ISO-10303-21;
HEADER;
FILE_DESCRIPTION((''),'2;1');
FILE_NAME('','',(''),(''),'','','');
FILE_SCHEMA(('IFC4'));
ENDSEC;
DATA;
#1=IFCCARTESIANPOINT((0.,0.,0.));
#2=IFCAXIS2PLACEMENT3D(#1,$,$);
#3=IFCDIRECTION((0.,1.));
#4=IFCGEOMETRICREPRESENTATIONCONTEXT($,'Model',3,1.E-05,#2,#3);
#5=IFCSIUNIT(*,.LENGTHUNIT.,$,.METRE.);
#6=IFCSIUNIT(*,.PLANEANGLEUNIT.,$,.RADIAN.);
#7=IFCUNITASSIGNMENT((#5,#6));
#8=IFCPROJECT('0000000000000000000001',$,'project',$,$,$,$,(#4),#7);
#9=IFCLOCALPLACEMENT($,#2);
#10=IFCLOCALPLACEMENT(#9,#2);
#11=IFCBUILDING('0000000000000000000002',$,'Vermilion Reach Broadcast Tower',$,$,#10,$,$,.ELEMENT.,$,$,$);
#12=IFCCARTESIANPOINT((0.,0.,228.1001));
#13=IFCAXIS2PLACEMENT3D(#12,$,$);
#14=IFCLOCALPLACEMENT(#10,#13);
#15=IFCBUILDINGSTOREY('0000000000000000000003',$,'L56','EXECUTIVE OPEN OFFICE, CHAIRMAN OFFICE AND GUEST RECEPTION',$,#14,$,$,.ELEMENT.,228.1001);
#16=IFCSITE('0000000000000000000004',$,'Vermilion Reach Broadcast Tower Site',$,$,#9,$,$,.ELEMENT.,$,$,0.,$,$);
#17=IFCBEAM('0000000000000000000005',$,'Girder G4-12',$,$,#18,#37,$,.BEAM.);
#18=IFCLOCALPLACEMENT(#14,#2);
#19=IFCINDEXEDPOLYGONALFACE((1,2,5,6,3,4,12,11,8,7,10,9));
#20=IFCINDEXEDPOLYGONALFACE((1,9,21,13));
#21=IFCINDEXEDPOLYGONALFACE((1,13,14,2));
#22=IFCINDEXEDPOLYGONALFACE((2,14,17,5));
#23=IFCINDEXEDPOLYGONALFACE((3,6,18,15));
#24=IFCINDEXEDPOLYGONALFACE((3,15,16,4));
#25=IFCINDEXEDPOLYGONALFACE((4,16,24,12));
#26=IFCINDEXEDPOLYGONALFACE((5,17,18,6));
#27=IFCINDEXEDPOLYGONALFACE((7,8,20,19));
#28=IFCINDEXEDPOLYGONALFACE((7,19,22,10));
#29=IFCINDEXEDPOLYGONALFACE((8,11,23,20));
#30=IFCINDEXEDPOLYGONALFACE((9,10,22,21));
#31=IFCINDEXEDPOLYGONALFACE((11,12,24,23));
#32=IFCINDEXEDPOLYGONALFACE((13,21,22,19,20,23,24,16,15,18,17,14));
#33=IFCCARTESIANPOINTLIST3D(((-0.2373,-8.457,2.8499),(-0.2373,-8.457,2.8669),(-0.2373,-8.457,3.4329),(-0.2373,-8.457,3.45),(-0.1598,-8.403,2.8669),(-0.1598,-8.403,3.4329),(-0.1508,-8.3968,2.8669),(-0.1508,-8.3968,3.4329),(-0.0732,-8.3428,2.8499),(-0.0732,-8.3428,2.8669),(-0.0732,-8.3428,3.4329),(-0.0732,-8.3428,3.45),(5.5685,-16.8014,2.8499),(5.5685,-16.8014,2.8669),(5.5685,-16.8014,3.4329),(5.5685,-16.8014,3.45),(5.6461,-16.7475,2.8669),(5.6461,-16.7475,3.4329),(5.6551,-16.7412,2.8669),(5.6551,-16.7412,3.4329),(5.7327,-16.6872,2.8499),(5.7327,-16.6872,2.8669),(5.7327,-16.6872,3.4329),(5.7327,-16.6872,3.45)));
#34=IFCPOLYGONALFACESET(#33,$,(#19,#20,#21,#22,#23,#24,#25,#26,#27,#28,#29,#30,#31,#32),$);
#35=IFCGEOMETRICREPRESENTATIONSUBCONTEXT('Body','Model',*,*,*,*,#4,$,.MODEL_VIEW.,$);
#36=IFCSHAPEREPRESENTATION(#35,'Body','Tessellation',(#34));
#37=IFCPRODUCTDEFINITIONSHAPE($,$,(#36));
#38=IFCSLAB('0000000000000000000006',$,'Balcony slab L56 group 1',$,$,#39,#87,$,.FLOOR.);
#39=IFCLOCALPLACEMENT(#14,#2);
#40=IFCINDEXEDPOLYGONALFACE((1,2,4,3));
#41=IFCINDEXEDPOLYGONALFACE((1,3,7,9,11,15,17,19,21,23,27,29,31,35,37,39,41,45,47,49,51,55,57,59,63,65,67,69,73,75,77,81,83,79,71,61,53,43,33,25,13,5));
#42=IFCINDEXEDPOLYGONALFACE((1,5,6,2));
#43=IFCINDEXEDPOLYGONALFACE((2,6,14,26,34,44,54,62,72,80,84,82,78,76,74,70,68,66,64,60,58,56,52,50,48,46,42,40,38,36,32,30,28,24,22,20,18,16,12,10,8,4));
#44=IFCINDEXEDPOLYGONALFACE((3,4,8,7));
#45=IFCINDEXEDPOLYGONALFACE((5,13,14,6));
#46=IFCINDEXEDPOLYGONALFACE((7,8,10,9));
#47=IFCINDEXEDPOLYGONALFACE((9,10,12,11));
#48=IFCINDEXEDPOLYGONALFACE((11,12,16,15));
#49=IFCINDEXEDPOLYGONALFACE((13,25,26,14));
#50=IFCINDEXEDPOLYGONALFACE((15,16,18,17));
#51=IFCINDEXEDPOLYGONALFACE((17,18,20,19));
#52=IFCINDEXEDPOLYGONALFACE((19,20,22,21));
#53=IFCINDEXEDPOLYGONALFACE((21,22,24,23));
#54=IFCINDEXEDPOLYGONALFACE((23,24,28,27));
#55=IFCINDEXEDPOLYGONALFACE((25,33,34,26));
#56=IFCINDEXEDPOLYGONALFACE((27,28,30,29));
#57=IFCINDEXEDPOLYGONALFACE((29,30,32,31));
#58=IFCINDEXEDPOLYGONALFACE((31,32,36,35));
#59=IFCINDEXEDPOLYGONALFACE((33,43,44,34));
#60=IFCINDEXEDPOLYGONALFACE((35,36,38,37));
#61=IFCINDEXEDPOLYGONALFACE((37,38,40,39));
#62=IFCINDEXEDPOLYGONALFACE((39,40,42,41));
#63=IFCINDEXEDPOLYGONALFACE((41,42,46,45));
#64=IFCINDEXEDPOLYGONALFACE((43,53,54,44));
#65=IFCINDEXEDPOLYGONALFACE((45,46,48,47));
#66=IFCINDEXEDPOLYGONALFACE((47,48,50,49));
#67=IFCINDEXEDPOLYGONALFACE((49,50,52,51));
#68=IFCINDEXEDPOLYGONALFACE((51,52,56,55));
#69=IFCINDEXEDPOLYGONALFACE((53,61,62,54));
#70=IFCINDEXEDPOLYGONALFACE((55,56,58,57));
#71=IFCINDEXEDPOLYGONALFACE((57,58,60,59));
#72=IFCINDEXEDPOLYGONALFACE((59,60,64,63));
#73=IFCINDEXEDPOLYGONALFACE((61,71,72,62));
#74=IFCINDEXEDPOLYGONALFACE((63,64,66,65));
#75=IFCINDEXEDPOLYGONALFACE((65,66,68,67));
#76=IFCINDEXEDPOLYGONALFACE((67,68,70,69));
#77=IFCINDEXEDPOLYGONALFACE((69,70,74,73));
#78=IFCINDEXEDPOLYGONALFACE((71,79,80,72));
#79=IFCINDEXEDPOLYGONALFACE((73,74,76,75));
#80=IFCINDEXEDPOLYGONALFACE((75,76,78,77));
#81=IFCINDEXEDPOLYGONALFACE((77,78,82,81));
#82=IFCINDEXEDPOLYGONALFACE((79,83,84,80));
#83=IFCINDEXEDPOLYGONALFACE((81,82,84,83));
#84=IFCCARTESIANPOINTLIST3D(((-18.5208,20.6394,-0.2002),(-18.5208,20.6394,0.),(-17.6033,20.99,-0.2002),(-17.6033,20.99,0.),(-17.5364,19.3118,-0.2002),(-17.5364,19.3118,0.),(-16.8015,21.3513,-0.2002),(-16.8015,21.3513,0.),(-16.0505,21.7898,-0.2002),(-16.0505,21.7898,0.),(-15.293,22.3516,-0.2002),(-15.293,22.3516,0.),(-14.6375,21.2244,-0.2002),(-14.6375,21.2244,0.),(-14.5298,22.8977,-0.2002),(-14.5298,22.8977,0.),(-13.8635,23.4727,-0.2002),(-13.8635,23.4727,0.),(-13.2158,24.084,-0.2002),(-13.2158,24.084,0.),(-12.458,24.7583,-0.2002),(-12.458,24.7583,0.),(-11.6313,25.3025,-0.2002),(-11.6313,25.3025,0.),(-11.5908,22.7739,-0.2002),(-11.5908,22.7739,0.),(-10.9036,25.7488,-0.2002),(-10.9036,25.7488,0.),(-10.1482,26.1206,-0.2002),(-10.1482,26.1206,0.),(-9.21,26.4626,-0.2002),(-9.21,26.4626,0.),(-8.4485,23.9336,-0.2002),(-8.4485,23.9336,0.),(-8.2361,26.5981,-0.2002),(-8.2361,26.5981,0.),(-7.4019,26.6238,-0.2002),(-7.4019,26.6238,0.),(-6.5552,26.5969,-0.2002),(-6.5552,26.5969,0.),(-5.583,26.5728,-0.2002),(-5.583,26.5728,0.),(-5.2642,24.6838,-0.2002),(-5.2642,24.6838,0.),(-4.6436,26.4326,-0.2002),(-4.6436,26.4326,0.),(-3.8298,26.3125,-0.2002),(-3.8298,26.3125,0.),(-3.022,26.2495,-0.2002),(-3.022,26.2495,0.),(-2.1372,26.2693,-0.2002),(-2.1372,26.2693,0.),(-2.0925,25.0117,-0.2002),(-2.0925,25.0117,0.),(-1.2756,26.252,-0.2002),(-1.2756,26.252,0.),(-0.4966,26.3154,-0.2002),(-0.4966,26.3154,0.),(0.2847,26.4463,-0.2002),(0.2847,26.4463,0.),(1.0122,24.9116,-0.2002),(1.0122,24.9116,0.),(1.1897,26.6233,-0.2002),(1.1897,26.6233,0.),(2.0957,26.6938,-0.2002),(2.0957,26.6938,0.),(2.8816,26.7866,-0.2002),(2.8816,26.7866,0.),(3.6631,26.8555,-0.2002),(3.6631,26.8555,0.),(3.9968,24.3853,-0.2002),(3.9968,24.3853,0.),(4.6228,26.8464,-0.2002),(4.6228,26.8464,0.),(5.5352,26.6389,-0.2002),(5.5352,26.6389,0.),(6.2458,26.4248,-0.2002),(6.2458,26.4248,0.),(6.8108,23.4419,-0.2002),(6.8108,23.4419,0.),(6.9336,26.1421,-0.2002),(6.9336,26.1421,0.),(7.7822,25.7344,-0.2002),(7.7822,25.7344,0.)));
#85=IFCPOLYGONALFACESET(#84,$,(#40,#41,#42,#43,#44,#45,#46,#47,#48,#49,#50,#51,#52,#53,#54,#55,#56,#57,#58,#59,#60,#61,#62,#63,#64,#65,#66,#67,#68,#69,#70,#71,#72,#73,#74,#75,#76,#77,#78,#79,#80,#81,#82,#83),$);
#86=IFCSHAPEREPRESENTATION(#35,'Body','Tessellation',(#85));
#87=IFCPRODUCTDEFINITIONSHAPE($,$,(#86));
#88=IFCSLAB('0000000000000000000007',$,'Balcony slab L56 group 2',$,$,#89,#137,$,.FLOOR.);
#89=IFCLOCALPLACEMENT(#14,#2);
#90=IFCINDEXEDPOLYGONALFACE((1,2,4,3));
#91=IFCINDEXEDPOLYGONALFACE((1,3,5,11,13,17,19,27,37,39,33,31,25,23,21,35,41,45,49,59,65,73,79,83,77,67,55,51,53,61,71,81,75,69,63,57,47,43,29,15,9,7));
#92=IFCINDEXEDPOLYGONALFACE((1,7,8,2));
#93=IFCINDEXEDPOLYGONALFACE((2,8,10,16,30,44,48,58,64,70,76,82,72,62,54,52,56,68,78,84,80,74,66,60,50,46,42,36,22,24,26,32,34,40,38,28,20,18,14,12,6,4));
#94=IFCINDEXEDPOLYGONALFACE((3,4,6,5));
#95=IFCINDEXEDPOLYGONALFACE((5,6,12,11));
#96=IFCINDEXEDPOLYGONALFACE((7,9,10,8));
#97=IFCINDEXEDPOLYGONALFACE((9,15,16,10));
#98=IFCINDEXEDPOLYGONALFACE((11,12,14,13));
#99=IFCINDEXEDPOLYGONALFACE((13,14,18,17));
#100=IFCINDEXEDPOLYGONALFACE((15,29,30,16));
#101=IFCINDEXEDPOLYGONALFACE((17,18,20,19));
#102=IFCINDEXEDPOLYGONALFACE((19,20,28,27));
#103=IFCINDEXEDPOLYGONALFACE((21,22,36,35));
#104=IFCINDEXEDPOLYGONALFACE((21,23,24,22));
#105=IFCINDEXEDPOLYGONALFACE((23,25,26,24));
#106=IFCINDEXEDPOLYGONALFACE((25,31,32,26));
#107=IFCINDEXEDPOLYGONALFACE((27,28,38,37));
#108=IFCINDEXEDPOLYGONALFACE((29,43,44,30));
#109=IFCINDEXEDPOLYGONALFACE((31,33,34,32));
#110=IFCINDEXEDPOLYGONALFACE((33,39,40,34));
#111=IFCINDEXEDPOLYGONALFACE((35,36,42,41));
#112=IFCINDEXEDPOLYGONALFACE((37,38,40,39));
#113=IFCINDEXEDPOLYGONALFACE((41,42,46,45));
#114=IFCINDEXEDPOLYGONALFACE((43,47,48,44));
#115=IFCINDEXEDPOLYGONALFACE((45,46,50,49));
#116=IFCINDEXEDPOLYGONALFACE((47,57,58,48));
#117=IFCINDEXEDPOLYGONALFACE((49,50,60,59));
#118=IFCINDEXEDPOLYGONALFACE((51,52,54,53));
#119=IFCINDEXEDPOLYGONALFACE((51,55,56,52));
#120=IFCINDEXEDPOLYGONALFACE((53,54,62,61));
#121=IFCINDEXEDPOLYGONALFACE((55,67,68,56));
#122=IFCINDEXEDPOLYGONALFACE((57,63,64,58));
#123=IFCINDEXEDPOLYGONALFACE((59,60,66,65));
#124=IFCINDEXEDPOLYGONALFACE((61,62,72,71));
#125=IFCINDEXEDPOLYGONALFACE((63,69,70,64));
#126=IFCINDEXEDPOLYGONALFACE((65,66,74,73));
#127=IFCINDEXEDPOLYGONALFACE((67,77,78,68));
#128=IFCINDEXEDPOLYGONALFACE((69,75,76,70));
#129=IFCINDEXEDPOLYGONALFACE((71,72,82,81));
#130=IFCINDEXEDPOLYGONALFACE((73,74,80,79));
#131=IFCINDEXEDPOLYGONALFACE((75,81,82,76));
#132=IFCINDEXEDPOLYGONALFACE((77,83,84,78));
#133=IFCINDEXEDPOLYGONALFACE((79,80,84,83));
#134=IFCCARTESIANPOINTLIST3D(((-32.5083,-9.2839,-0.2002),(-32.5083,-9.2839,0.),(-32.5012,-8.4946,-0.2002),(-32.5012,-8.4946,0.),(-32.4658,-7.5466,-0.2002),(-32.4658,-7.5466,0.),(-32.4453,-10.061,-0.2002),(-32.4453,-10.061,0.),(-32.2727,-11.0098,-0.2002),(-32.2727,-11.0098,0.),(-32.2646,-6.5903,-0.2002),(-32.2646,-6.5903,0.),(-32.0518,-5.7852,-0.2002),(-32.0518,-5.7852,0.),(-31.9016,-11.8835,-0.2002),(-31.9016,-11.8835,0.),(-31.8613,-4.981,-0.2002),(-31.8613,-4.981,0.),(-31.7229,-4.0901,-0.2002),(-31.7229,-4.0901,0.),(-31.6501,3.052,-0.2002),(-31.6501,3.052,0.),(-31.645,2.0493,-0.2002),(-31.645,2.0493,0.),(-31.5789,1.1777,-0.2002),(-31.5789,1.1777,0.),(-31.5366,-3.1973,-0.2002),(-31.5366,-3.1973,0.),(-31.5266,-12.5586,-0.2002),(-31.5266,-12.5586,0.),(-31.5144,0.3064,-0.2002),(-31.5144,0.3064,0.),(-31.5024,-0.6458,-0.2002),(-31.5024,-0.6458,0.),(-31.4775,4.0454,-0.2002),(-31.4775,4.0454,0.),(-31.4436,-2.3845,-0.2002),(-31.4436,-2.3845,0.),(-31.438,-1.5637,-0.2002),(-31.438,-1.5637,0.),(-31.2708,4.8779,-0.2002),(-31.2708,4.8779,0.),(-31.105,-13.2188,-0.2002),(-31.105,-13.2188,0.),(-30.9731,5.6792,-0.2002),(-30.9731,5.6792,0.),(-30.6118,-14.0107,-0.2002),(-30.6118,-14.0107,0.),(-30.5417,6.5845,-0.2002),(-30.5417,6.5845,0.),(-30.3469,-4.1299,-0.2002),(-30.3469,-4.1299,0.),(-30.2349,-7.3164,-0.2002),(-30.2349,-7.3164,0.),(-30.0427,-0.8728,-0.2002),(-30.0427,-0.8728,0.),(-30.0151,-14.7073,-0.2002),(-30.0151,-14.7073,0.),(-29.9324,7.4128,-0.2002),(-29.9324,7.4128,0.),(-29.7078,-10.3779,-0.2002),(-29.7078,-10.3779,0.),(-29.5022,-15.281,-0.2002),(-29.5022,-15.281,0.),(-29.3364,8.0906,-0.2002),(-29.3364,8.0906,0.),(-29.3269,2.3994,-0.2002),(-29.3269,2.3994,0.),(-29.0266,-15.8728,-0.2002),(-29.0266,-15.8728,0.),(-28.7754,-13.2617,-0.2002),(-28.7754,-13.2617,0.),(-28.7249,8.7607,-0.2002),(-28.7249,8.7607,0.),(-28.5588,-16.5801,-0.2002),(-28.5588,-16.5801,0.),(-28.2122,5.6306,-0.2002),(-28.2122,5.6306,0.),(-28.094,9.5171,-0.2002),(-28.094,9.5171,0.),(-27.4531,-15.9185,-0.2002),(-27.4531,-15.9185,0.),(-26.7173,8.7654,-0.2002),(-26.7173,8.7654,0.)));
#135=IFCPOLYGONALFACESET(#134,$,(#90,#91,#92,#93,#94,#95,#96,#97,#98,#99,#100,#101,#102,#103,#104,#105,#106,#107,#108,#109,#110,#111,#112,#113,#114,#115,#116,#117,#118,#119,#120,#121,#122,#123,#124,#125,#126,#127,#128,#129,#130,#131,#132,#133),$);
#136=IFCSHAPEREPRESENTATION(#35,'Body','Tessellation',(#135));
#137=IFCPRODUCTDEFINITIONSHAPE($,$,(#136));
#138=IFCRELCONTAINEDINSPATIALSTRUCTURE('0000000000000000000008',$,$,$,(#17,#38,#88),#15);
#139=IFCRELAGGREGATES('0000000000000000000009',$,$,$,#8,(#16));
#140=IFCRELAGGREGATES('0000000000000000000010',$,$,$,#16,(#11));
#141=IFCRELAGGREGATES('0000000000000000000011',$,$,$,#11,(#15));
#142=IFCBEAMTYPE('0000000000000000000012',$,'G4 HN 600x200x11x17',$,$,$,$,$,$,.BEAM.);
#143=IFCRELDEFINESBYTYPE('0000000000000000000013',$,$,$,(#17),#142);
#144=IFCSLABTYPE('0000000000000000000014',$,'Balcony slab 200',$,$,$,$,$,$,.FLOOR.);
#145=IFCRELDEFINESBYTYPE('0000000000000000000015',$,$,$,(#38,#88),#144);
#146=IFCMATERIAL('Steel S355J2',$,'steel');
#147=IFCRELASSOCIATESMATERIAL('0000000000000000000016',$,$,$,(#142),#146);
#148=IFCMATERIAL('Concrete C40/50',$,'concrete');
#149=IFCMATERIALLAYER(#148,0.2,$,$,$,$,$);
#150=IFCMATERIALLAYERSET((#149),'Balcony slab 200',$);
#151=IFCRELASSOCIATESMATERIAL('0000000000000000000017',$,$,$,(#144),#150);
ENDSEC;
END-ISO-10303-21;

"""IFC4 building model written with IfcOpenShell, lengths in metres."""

from ifc_helpers import new_model, si_unit, direction, frame, origin, origin_2d, place, context, subcontext, project, spatial, polyline, i_section, outline, extrude, material, layer, layer_set, material_profile, profile_set, type_object, element, save


model = new_model("IFC4")

# Units and contexts
model_context = context("Model", 3, precision=1e-05, world=origin(), true_north=direction((0.0, 1.0)))
body_context = subcontext(model_context, "Body", "Model", "MODEL_VIEW")
ifc_project = project(units=[si_unit("LENGTHUNIT", "METRE"), si_unit("PLANEANGLEUNIT", "RADIAN")], contexts=[model_context])

# Site, building, storey
site_placement = place(None, origin())
site = spatial("IfcSite", under=ifc_project, at=site_placement, Name="Vermilion Reach Broadcast Tower Site", CompositionType="ELEMENT", RefElevation=0.0)
building_placement = place(site_placement, origin())
building = spatial("IfcBuilding", under=site, at=building_placement, Name="Vermilion Reach Broadcast Tower", CompositionType="ELEMENT")
storey_placement = place(building_placement, frame((0.0, 0.0, 228.1001)))
storey = spatial("IfcBuildingStorey", under=building, at=storey_placement, Name="L56", Description="EXECUTIVE OPEN OFFICE, CHAIRMAN OFFICE AND GUEST RECEPTION", CompositionType="ELEMENT", Elevation=228.1001)

# Beam
ifc_material_1 = material(Name="Steel S355J2", Category="steel")
ifc_material_profile = material_profile(ifc_material_1, i_section(OverallWidth=0.2, OverallDepth=0.6001, WebThickness=0.011, FlangeThickness=0.0171, at=origin_2d()), Name="S355J2 HN 600x200x11x17")
ifc_profile_set = profile_set([ifc_material_profile], Name="Steel S355J2")
beam_type = type_object("IfcBeamType", Name="G4 HN 600x200x11x17", PredefinedType="BEAM", material=ifc_profile_set)
beam_placement = place(storey_placement, frame((-0.1553, -8.3999, 3.1499), z_axis=(0.571134, -0.820857, 0.0), x_axis=(0.820857, 0.571134, 0.0)))
element("IfcBeam", 1, at=beam_placement, inside=storey, type_object=beam_type, Name="Girder G4-12", PredefinedType="BEAM", context=body_context, shape_type="SweptSolid", body=[
    extrude(i_section(OverallWidth=0.2, OverallDepth=0.6001, WebThickness=0.011, FlangeThickness=0.0171, at=origin_2d()), origin(), (0.0, 0.0, 1.0), 10.1655),
])

# Slabs
ifc_material_2 = material(Name="Concrete C40/50", Category="concrete")
ifc_layer_1 = layer(ifc_material_2, 0.2)
ifc_layer_set_1 = layer_set([ifc_layer_1], Name="Balcony slab 200")
slab_type_1 = type_object("IfcSlabType", Name="Balcony slab 200", PredefinedType="FLOOR", material=ifc_layer_set_1)
placement_1 = place(storey_placement, frame((0.0, 0.0, -0.2002)))
element("IfcSlab", 2, at=placement_1, inside=storey, type_object=slab_type_1, Name="Balcony slab L56 group 1", PredefinedType="FLOOR", context=body_context, shape_type="SweptSolid", body=[
    extrude(outline(polyline([(6.8108, 23.4419), (3.9968, 24.3853), (1.0122, 24.9116), (-2.0925, 25.0117), (-5.2642, 24.6838), (-8.4485, 23.9336), (-11.5908, 22.7739), (-14.6375, 21.2244), (-17.5364, 19.3118), (-18.5208, 20.6394), (-17.6033, 20.99), (-16.8015, 21.3513), (-16.0505, 21.7898), (-15.293, 22.3516), (-14.5298, 22.8977), (-13.8635, 23.4727), (-13.2158, 24.084), (-12.458, 24.7583), (-11.6313, 25.3025), (-10.9036, 25.7488), (-10.1482, 26.1206), (-9.21, 26.4626), (-8.2361, 26.5981), (-7.4019, 26.6238), (-6.5552, 26.5969), (-5.583, 26.5728), (-4.6436, 26.4326), (-3.8298, 26.3125), (-3.022, 26.2495), (-2.1372, 26.2693), (-1.2756, 26.252), (-0.4966, 26.3154), (0.2847, 26.4463), (1.1897, 26.6233), (2.0957, 26.6938), (2.8816, 26.7866), (3.6631, 26.8555), (4.6228, 26.8464), (5.5352, 26.6389), (6.2458, 26.4248), (6.9336, 26.1421), (7.7822, 25.7344), (6.8108, 23.4419)])), origin(), (0.0, 0.0, 1.0), 0.2002),
])
element("IfcSlab", 3, at=placement_1, inside=storey, type_object=slab_type_1, Name="Balcony slab L56 group 2", PredefinedType="FLOOR", context=body_context, shape_type="SweptSolid", body=[
    extrude(outline(polyline([(-26.7173, 8.7654), (-28.2122, 5.6306), (-29.3269, 2.3994), (-30.0427, -0.8728), (-30.3469, -4.1299), (-30.2349, -7.3164), (-29.7078, -10.3779), (-28.7754, -13.2617), (-27.4531, -15.9185), (-28.5588, -16.5801), (-29.0266, -15.8728), (-29.5022, -15.281), (-30.0151, -14.7073), (-30.6118, -14.0107), (-31.105, -13.2188), (-31.5266, -12.5586), (-31.9016, -11.8835), (-32.2727, -11.0098), (-32.4453, -10.061), (-32.5083, -9.2839), (-32.5012, -8.4946), (-32.4658, -7.5466), (-32.2646, -6.5903), (-32.0518, -5.7852), (-31.8613, -4.981), (-31.7229, -4.0901), (-31.5366, -3.1973), (-31.4436, -2.3845), (-31.438, -1.5637), (-31.5024, -0.6458), (-31.5144, 0.3064), (-31.5789, 1.1777), (-31.645, 2.0493), (-31.6501, 3.052), (-31.4775, 4.0454), (-31.2708, 4.8779), (-30.9731, 5.6792), (-30.5417, 6.5845), (-29.9324, 7.4128), (-29.3364, 8.0906), (-28.7249, 8.7607), (-28.094, 9.5171), (-26.7173, 8.7654)])), origin(), (0.0, 0.0, 1.0), 0.2002),
])

save(model, "model.ifc")
